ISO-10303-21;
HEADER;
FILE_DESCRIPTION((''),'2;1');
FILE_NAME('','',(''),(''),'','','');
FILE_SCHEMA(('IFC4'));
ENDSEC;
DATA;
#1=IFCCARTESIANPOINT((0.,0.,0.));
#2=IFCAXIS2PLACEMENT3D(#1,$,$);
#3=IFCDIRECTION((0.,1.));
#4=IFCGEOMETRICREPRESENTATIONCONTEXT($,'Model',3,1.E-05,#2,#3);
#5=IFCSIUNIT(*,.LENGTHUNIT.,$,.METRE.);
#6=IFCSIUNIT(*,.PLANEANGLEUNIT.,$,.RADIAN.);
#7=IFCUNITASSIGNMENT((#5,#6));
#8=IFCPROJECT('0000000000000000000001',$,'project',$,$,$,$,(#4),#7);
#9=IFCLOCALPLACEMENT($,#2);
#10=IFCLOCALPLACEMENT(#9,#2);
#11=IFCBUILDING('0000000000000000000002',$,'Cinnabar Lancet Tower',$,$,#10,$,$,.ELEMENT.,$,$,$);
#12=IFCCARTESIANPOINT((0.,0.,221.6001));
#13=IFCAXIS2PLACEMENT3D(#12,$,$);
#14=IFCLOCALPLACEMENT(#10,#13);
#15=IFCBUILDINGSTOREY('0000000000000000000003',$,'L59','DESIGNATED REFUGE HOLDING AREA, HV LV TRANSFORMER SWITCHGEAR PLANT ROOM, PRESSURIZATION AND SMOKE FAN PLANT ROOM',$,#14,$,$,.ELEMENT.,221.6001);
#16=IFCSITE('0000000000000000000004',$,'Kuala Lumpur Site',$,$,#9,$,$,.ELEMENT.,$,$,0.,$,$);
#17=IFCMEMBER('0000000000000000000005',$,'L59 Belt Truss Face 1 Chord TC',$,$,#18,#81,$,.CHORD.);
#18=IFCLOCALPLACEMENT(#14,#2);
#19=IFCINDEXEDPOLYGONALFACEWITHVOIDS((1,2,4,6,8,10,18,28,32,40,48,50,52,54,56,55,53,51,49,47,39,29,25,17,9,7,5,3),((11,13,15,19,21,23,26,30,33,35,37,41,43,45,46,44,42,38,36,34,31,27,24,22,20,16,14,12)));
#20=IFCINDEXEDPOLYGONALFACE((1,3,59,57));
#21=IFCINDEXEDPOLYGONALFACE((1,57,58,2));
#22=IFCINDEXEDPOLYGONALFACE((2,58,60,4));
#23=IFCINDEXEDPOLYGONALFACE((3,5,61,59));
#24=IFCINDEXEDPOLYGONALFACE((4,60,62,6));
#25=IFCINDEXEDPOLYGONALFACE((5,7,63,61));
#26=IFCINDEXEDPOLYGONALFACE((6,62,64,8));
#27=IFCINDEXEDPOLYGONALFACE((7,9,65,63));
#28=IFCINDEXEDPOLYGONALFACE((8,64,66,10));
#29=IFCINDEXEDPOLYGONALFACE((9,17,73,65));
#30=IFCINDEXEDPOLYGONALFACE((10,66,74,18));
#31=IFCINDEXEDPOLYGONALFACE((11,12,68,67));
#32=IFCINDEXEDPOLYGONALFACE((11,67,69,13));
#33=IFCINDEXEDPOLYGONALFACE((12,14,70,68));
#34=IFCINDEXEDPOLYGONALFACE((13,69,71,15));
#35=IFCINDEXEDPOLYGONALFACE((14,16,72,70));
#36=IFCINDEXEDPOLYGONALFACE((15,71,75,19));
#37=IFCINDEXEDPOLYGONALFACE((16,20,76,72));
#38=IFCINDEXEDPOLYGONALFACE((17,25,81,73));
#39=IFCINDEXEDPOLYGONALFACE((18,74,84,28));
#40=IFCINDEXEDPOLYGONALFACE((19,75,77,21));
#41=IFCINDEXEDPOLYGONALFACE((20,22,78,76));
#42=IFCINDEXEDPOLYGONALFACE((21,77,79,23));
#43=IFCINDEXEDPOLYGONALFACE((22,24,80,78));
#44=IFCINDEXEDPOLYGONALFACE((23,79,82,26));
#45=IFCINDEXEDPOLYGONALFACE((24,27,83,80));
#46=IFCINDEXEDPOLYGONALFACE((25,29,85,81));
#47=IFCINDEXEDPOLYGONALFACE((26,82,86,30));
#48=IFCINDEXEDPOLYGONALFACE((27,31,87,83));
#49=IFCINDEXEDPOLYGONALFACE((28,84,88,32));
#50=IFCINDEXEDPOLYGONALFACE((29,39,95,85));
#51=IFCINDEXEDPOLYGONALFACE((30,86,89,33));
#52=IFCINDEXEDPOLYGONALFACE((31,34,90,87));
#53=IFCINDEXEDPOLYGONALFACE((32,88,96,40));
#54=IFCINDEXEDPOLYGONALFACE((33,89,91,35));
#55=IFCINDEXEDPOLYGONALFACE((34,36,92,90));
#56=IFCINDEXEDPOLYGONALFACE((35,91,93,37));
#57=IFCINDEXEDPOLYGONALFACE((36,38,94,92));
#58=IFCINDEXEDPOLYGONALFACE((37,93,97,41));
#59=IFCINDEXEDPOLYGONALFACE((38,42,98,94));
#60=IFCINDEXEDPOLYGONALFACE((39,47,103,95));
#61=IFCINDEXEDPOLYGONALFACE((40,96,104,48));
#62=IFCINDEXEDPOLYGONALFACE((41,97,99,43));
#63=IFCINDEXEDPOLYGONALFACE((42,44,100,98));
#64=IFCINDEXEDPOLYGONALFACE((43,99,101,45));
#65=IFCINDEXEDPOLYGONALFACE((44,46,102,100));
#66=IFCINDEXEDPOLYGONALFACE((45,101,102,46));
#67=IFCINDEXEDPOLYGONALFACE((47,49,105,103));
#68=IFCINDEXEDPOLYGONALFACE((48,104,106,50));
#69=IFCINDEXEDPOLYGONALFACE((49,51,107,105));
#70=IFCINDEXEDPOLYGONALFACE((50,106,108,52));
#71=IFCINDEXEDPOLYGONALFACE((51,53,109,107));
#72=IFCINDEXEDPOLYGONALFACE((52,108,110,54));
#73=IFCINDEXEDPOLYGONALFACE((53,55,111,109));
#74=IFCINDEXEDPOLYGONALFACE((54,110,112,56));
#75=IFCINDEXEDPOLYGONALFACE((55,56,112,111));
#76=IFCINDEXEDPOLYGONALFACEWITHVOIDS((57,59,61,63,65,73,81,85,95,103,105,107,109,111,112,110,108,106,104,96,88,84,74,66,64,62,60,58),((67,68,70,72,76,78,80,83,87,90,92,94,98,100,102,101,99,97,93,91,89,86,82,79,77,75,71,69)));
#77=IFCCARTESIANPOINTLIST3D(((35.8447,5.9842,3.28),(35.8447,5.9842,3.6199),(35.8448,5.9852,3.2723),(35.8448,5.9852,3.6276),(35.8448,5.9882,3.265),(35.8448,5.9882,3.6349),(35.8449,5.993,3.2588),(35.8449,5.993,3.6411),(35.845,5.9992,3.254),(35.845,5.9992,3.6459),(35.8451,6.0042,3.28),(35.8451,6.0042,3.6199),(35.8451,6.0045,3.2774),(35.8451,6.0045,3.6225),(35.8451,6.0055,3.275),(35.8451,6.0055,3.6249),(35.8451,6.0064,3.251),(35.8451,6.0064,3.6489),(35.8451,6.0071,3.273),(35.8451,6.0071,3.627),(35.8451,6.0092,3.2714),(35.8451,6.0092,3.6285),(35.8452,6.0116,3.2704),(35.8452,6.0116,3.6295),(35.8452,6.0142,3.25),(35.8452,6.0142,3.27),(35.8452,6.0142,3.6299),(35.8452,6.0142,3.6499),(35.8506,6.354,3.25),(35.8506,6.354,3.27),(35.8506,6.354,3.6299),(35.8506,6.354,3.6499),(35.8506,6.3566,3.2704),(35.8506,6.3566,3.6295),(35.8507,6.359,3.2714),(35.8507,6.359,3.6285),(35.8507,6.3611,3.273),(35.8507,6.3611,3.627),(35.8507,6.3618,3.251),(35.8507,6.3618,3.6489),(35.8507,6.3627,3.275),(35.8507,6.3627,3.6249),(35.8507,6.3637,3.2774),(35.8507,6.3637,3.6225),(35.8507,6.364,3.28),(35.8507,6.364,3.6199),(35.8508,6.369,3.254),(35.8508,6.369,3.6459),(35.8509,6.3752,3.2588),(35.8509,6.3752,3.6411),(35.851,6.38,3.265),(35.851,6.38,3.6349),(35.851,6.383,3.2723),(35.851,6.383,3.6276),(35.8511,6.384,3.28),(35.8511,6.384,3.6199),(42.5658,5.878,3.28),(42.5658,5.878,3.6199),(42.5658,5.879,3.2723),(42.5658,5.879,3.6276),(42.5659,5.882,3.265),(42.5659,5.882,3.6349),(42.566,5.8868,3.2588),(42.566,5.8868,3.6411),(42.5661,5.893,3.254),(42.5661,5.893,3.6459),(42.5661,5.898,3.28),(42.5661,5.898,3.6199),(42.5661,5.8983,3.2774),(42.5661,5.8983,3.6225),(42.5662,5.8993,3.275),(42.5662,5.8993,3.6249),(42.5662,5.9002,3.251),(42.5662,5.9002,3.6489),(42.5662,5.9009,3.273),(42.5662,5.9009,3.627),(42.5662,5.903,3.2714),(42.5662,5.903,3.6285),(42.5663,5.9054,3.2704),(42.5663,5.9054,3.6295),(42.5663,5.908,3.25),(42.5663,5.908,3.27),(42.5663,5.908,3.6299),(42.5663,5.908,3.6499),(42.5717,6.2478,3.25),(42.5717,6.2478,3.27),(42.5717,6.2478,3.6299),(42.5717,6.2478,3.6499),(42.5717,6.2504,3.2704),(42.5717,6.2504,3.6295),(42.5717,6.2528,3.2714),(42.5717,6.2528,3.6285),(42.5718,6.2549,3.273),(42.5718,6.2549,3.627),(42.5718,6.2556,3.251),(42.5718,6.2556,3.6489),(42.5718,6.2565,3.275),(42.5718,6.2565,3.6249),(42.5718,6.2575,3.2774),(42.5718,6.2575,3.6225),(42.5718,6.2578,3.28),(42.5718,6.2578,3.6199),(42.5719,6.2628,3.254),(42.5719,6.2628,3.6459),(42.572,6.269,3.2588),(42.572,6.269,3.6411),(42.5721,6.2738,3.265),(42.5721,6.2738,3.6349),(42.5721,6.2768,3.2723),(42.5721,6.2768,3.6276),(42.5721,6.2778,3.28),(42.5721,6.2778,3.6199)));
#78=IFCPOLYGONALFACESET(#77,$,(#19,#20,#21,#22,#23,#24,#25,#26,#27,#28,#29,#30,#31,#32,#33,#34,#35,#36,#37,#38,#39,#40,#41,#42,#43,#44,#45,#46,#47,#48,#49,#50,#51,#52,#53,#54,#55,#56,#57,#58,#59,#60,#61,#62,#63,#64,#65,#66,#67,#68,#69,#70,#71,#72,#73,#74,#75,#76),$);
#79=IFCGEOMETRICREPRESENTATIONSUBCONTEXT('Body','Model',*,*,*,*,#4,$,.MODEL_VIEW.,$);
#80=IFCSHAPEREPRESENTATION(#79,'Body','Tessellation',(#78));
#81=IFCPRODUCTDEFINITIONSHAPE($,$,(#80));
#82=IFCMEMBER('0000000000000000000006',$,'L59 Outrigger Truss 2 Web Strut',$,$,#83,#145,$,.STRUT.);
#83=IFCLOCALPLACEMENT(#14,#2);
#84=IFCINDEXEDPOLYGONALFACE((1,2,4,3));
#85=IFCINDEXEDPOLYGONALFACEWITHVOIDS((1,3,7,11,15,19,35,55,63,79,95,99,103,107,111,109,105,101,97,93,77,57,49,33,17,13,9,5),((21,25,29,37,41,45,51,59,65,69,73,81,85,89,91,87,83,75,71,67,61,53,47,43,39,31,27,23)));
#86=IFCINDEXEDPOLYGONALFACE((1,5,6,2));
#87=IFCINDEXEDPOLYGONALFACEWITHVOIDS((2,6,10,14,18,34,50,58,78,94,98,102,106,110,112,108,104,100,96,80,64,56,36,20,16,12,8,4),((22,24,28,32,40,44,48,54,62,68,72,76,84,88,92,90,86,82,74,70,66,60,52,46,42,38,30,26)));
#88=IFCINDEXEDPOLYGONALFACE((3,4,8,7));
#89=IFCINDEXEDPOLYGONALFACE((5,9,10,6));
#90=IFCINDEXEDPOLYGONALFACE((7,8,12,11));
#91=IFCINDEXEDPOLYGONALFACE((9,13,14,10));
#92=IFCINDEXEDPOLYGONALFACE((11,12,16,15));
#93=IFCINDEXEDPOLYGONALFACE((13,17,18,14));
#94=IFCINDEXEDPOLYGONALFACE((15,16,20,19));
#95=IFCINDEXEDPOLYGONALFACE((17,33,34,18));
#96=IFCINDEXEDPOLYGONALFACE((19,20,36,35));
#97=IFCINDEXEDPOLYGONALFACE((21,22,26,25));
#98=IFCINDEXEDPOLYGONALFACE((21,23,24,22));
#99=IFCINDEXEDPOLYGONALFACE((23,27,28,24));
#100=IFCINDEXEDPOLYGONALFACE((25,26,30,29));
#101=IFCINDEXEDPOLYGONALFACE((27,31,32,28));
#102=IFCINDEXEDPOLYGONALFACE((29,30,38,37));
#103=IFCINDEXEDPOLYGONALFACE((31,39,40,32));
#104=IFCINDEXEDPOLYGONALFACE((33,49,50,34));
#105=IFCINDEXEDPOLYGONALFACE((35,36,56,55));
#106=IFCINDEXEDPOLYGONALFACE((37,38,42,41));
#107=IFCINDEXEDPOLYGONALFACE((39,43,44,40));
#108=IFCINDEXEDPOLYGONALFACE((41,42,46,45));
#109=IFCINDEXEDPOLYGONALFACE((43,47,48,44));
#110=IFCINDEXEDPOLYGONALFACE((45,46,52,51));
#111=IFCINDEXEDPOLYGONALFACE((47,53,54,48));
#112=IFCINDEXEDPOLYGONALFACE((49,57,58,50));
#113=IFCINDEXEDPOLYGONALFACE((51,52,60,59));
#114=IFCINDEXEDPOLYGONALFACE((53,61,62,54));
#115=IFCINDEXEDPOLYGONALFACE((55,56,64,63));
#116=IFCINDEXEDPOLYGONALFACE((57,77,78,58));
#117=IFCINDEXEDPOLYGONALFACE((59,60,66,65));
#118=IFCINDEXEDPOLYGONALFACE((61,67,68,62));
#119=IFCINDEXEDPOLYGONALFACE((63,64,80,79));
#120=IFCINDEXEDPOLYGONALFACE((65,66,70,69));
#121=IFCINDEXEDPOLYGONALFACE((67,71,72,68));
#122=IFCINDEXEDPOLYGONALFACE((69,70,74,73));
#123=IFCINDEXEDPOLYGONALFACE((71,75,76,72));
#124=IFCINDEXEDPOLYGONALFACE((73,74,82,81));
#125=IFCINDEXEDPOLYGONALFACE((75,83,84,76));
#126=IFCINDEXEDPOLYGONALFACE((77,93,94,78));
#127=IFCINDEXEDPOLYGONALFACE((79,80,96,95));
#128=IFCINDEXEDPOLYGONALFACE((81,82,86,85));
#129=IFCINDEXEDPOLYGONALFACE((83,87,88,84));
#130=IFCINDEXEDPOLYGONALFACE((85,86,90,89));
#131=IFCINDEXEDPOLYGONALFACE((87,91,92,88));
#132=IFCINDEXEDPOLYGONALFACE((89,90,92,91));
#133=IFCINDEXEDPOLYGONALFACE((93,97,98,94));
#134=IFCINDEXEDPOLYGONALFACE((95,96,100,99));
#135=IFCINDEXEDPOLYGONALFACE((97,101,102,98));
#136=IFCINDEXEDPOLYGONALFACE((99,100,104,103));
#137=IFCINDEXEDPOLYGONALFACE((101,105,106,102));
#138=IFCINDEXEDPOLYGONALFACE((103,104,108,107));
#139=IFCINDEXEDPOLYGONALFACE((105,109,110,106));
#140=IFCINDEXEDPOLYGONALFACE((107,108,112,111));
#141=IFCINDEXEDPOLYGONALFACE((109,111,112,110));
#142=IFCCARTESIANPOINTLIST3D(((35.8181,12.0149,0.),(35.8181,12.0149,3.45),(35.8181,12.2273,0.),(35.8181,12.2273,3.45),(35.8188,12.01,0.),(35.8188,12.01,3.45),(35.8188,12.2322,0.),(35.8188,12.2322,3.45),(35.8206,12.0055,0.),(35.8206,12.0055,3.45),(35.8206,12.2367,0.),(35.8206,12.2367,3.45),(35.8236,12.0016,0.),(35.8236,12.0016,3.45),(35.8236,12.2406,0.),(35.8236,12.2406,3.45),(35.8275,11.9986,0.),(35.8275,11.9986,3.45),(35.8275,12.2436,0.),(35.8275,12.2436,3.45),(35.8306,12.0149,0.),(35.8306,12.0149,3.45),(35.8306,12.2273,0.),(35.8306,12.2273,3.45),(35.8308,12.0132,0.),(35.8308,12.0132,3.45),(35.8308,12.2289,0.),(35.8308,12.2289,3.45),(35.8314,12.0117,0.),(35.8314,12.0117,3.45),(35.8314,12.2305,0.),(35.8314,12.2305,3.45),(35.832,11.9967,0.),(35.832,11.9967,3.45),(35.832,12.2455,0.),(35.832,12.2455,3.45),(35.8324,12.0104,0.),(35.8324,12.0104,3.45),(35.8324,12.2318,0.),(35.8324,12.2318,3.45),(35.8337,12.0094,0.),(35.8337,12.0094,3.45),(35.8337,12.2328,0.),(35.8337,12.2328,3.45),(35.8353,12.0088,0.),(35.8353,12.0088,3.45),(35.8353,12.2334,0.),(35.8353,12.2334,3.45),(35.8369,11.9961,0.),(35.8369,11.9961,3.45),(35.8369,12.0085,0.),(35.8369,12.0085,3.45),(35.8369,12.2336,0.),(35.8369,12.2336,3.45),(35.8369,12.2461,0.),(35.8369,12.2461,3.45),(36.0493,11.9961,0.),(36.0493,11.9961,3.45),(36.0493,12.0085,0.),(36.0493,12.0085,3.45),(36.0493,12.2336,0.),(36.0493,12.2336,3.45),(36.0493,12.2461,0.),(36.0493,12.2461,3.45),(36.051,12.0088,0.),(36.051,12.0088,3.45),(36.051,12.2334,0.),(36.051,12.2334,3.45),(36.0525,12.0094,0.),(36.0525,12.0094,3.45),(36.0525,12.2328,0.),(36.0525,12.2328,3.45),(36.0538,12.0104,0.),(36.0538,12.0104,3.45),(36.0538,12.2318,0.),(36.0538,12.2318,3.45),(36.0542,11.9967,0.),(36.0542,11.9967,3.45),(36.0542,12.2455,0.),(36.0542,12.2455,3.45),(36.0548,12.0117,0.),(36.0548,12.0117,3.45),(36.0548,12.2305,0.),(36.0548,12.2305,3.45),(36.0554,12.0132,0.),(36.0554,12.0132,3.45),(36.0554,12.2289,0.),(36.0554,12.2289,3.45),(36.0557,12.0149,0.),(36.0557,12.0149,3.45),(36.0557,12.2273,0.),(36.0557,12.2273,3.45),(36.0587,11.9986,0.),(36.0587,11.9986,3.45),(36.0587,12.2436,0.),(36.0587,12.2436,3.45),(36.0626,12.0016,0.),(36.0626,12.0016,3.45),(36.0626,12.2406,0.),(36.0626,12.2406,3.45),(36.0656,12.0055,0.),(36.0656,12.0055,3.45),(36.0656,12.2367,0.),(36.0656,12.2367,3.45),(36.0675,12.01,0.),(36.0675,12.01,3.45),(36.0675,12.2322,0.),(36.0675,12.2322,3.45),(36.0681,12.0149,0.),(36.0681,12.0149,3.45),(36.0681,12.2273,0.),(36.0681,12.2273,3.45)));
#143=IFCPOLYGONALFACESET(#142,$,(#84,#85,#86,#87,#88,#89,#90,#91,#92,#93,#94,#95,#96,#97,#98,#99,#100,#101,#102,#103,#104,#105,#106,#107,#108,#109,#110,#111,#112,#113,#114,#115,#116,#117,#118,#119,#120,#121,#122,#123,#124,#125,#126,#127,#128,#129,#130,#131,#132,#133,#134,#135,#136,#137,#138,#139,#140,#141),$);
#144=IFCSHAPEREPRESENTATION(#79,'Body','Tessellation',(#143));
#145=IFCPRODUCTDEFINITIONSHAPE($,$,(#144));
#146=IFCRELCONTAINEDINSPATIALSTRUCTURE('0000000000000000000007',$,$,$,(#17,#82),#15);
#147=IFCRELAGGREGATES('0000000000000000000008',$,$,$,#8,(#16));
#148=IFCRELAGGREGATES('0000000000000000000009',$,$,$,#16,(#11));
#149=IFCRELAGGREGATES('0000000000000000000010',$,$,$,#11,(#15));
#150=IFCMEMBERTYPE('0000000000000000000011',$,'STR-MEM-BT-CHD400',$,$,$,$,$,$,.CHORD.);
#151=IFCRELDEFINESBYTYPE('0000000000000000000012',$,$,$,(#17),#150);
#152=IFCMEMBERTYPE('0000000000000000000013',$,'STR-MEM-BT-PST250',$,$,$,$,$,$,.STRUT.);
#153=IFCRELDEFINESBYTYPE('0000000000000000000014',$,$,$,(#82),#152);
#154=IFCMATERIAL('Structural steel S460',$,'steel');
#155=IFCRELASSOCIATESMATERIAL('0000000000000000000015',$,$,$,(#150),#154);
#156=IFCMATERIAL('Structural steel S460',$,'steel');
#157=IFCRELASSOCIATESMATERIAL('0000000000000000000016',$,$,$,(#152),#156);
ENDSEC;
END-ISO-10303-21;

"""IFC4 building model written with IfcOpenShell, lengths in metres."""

from ifc_helpers import new_model, si_unit, direction, frame, origin, origin_2d, place, context, subcontext, project, spatial, hollow_rectangle, extrude, material, material_profile, profile_set, type_object, element, save


model = new_model("IFC4")

# Units and contexts
model_context = context("Model", 3, precision=1e-05, world=origin(), true_north=direction((0.0, 1.0)))
body_context = subcontext(model_context, "Body", "Model", "MODEL_VIEW")
ifc_project = project(units=[si_unit("LENGTHUNIT", "METRE"), si_unit("PLANEANGLEUNIT", "RADIAN")], contexts=[model_context])

# Site, building, storey
site_placement = place(None, origin())
site = spatial("IfcSite", under=ifc_project, at=site_placement, Name="Kuala Lumpur Site", CompositionType="ELEMENT", RefElevation=0.0)
building_placement = place(site_placement, origin())
building = spatial("IfcBuilding", under=site, at=building_placement, Name="Cinnabar Lancet Tower", CompositionType="ELEMENT")
storey_placement = place(building_placement, frame((0.0, 0.0, 221.6001)))
storey = spatial("IfcBuildingStorey", under=building, at=storey_placement, Name="L59", Description="DESIGNATED REFUGE HOLDING AREA, HV LV TRANSFORMER SWITCHGEAR PLANT ROOM, PRESSURIZATION AND SMOKE FAN PLANT ROOM", CompositionType="ELEMENT", Elevation=221.6001)

# Members
ifc_material_1 = material(Name="Structural steel S460", Category="steel")
ifc_material_profile_1 = material_profile(ifc_material_1, hollow_rectangle(XDim=0.3999, YDim=0.3999, WallThickness=0.02, InnerFilletRadius=0.01, OuterFilletRadius=0.03, at=origin_2d()), Name="SHS 400x400x20")
ifc_profile_set_1 = profile_set([ifc_material_profile_1], Name="Structural steel S460")
member_type_1 = type_object("IfcMemberType", Name="STR-MEM-BT-CHD400", PredefinedType="CHORD", material=ifc_profile_set_1)
for number, where, z_axis, x_axis, name in (
    (1, (35.8479, 6.1841, 3.45), (0.999875, -0.015799, 0.0), (0.015799, 0.999875, 0.0), "L59 Belt Truss Face 1 Chord TC"),
):
    element("IfcMember", number, at=place(storey_placement, frame(where, z_axis=z_axis, x_axis=x_axis)), inside=storey, type_object=member_type_1, Name=name, PredefinedType="CHORD", context=body_context, shape_type="SweptSolid", body=[
        extrude(hollow_rectangle(XDim=0.3999, YDim=0.3999, WallThickness=0.02, InnerFilletRadius=0.01, OuterFilletRadius=0.03, at=origin_2d()), origin(), (0.0, 0.0, 1.0), 6.7219),
    ])
ifc_material_2 = material(Name="Structural steel S460", Category="steel")
ifc_material_profile_2 = material_profile(ifc_material_2, hollow_rectangle(XDim=0.25, YDim=0.25, WallThickness=0.0125, InnerFilletRadius=0.0063, OuterFilletRadius=0.0188, at=origin_2d()), Name="SHS 250x250x12.5")
ifc_profile_set_2 = profile_set([ifc_material_profile_2], Name="Structural steel S460")
member_type_2 = type_object("IfcMemberType", Name="STR-MEM-BT-PST250", PredefinedType="STRUT", material=ifc_profile_set_2)
member_1_placement = place(storey_placement, frame((35.9431, 12.1211, 0.0), z_axis=(0.0, 0.0, 1.0), x_axis=(1.0, 0.0, 0.0)))
element("IfcMember", 2, at=member_1_placement, inside=storey, type_object=member_type_2, Name="L59 Outrigger Truss 2 Web Strut", PredefinedType="STRUT", context=body_context, shape_type="SweptSolid", body=[
    extrude(hollow_rectangle(XDim=0.25, YDim=0.25, WallThickness=0.0125, InnerFilletRadius=0.0063, OuterFilletRadius=0.0188, at=origin_2d()), origin(), (0.0, 0.0, 1.0), 3.45),
])

save(model, "model.ifc")
